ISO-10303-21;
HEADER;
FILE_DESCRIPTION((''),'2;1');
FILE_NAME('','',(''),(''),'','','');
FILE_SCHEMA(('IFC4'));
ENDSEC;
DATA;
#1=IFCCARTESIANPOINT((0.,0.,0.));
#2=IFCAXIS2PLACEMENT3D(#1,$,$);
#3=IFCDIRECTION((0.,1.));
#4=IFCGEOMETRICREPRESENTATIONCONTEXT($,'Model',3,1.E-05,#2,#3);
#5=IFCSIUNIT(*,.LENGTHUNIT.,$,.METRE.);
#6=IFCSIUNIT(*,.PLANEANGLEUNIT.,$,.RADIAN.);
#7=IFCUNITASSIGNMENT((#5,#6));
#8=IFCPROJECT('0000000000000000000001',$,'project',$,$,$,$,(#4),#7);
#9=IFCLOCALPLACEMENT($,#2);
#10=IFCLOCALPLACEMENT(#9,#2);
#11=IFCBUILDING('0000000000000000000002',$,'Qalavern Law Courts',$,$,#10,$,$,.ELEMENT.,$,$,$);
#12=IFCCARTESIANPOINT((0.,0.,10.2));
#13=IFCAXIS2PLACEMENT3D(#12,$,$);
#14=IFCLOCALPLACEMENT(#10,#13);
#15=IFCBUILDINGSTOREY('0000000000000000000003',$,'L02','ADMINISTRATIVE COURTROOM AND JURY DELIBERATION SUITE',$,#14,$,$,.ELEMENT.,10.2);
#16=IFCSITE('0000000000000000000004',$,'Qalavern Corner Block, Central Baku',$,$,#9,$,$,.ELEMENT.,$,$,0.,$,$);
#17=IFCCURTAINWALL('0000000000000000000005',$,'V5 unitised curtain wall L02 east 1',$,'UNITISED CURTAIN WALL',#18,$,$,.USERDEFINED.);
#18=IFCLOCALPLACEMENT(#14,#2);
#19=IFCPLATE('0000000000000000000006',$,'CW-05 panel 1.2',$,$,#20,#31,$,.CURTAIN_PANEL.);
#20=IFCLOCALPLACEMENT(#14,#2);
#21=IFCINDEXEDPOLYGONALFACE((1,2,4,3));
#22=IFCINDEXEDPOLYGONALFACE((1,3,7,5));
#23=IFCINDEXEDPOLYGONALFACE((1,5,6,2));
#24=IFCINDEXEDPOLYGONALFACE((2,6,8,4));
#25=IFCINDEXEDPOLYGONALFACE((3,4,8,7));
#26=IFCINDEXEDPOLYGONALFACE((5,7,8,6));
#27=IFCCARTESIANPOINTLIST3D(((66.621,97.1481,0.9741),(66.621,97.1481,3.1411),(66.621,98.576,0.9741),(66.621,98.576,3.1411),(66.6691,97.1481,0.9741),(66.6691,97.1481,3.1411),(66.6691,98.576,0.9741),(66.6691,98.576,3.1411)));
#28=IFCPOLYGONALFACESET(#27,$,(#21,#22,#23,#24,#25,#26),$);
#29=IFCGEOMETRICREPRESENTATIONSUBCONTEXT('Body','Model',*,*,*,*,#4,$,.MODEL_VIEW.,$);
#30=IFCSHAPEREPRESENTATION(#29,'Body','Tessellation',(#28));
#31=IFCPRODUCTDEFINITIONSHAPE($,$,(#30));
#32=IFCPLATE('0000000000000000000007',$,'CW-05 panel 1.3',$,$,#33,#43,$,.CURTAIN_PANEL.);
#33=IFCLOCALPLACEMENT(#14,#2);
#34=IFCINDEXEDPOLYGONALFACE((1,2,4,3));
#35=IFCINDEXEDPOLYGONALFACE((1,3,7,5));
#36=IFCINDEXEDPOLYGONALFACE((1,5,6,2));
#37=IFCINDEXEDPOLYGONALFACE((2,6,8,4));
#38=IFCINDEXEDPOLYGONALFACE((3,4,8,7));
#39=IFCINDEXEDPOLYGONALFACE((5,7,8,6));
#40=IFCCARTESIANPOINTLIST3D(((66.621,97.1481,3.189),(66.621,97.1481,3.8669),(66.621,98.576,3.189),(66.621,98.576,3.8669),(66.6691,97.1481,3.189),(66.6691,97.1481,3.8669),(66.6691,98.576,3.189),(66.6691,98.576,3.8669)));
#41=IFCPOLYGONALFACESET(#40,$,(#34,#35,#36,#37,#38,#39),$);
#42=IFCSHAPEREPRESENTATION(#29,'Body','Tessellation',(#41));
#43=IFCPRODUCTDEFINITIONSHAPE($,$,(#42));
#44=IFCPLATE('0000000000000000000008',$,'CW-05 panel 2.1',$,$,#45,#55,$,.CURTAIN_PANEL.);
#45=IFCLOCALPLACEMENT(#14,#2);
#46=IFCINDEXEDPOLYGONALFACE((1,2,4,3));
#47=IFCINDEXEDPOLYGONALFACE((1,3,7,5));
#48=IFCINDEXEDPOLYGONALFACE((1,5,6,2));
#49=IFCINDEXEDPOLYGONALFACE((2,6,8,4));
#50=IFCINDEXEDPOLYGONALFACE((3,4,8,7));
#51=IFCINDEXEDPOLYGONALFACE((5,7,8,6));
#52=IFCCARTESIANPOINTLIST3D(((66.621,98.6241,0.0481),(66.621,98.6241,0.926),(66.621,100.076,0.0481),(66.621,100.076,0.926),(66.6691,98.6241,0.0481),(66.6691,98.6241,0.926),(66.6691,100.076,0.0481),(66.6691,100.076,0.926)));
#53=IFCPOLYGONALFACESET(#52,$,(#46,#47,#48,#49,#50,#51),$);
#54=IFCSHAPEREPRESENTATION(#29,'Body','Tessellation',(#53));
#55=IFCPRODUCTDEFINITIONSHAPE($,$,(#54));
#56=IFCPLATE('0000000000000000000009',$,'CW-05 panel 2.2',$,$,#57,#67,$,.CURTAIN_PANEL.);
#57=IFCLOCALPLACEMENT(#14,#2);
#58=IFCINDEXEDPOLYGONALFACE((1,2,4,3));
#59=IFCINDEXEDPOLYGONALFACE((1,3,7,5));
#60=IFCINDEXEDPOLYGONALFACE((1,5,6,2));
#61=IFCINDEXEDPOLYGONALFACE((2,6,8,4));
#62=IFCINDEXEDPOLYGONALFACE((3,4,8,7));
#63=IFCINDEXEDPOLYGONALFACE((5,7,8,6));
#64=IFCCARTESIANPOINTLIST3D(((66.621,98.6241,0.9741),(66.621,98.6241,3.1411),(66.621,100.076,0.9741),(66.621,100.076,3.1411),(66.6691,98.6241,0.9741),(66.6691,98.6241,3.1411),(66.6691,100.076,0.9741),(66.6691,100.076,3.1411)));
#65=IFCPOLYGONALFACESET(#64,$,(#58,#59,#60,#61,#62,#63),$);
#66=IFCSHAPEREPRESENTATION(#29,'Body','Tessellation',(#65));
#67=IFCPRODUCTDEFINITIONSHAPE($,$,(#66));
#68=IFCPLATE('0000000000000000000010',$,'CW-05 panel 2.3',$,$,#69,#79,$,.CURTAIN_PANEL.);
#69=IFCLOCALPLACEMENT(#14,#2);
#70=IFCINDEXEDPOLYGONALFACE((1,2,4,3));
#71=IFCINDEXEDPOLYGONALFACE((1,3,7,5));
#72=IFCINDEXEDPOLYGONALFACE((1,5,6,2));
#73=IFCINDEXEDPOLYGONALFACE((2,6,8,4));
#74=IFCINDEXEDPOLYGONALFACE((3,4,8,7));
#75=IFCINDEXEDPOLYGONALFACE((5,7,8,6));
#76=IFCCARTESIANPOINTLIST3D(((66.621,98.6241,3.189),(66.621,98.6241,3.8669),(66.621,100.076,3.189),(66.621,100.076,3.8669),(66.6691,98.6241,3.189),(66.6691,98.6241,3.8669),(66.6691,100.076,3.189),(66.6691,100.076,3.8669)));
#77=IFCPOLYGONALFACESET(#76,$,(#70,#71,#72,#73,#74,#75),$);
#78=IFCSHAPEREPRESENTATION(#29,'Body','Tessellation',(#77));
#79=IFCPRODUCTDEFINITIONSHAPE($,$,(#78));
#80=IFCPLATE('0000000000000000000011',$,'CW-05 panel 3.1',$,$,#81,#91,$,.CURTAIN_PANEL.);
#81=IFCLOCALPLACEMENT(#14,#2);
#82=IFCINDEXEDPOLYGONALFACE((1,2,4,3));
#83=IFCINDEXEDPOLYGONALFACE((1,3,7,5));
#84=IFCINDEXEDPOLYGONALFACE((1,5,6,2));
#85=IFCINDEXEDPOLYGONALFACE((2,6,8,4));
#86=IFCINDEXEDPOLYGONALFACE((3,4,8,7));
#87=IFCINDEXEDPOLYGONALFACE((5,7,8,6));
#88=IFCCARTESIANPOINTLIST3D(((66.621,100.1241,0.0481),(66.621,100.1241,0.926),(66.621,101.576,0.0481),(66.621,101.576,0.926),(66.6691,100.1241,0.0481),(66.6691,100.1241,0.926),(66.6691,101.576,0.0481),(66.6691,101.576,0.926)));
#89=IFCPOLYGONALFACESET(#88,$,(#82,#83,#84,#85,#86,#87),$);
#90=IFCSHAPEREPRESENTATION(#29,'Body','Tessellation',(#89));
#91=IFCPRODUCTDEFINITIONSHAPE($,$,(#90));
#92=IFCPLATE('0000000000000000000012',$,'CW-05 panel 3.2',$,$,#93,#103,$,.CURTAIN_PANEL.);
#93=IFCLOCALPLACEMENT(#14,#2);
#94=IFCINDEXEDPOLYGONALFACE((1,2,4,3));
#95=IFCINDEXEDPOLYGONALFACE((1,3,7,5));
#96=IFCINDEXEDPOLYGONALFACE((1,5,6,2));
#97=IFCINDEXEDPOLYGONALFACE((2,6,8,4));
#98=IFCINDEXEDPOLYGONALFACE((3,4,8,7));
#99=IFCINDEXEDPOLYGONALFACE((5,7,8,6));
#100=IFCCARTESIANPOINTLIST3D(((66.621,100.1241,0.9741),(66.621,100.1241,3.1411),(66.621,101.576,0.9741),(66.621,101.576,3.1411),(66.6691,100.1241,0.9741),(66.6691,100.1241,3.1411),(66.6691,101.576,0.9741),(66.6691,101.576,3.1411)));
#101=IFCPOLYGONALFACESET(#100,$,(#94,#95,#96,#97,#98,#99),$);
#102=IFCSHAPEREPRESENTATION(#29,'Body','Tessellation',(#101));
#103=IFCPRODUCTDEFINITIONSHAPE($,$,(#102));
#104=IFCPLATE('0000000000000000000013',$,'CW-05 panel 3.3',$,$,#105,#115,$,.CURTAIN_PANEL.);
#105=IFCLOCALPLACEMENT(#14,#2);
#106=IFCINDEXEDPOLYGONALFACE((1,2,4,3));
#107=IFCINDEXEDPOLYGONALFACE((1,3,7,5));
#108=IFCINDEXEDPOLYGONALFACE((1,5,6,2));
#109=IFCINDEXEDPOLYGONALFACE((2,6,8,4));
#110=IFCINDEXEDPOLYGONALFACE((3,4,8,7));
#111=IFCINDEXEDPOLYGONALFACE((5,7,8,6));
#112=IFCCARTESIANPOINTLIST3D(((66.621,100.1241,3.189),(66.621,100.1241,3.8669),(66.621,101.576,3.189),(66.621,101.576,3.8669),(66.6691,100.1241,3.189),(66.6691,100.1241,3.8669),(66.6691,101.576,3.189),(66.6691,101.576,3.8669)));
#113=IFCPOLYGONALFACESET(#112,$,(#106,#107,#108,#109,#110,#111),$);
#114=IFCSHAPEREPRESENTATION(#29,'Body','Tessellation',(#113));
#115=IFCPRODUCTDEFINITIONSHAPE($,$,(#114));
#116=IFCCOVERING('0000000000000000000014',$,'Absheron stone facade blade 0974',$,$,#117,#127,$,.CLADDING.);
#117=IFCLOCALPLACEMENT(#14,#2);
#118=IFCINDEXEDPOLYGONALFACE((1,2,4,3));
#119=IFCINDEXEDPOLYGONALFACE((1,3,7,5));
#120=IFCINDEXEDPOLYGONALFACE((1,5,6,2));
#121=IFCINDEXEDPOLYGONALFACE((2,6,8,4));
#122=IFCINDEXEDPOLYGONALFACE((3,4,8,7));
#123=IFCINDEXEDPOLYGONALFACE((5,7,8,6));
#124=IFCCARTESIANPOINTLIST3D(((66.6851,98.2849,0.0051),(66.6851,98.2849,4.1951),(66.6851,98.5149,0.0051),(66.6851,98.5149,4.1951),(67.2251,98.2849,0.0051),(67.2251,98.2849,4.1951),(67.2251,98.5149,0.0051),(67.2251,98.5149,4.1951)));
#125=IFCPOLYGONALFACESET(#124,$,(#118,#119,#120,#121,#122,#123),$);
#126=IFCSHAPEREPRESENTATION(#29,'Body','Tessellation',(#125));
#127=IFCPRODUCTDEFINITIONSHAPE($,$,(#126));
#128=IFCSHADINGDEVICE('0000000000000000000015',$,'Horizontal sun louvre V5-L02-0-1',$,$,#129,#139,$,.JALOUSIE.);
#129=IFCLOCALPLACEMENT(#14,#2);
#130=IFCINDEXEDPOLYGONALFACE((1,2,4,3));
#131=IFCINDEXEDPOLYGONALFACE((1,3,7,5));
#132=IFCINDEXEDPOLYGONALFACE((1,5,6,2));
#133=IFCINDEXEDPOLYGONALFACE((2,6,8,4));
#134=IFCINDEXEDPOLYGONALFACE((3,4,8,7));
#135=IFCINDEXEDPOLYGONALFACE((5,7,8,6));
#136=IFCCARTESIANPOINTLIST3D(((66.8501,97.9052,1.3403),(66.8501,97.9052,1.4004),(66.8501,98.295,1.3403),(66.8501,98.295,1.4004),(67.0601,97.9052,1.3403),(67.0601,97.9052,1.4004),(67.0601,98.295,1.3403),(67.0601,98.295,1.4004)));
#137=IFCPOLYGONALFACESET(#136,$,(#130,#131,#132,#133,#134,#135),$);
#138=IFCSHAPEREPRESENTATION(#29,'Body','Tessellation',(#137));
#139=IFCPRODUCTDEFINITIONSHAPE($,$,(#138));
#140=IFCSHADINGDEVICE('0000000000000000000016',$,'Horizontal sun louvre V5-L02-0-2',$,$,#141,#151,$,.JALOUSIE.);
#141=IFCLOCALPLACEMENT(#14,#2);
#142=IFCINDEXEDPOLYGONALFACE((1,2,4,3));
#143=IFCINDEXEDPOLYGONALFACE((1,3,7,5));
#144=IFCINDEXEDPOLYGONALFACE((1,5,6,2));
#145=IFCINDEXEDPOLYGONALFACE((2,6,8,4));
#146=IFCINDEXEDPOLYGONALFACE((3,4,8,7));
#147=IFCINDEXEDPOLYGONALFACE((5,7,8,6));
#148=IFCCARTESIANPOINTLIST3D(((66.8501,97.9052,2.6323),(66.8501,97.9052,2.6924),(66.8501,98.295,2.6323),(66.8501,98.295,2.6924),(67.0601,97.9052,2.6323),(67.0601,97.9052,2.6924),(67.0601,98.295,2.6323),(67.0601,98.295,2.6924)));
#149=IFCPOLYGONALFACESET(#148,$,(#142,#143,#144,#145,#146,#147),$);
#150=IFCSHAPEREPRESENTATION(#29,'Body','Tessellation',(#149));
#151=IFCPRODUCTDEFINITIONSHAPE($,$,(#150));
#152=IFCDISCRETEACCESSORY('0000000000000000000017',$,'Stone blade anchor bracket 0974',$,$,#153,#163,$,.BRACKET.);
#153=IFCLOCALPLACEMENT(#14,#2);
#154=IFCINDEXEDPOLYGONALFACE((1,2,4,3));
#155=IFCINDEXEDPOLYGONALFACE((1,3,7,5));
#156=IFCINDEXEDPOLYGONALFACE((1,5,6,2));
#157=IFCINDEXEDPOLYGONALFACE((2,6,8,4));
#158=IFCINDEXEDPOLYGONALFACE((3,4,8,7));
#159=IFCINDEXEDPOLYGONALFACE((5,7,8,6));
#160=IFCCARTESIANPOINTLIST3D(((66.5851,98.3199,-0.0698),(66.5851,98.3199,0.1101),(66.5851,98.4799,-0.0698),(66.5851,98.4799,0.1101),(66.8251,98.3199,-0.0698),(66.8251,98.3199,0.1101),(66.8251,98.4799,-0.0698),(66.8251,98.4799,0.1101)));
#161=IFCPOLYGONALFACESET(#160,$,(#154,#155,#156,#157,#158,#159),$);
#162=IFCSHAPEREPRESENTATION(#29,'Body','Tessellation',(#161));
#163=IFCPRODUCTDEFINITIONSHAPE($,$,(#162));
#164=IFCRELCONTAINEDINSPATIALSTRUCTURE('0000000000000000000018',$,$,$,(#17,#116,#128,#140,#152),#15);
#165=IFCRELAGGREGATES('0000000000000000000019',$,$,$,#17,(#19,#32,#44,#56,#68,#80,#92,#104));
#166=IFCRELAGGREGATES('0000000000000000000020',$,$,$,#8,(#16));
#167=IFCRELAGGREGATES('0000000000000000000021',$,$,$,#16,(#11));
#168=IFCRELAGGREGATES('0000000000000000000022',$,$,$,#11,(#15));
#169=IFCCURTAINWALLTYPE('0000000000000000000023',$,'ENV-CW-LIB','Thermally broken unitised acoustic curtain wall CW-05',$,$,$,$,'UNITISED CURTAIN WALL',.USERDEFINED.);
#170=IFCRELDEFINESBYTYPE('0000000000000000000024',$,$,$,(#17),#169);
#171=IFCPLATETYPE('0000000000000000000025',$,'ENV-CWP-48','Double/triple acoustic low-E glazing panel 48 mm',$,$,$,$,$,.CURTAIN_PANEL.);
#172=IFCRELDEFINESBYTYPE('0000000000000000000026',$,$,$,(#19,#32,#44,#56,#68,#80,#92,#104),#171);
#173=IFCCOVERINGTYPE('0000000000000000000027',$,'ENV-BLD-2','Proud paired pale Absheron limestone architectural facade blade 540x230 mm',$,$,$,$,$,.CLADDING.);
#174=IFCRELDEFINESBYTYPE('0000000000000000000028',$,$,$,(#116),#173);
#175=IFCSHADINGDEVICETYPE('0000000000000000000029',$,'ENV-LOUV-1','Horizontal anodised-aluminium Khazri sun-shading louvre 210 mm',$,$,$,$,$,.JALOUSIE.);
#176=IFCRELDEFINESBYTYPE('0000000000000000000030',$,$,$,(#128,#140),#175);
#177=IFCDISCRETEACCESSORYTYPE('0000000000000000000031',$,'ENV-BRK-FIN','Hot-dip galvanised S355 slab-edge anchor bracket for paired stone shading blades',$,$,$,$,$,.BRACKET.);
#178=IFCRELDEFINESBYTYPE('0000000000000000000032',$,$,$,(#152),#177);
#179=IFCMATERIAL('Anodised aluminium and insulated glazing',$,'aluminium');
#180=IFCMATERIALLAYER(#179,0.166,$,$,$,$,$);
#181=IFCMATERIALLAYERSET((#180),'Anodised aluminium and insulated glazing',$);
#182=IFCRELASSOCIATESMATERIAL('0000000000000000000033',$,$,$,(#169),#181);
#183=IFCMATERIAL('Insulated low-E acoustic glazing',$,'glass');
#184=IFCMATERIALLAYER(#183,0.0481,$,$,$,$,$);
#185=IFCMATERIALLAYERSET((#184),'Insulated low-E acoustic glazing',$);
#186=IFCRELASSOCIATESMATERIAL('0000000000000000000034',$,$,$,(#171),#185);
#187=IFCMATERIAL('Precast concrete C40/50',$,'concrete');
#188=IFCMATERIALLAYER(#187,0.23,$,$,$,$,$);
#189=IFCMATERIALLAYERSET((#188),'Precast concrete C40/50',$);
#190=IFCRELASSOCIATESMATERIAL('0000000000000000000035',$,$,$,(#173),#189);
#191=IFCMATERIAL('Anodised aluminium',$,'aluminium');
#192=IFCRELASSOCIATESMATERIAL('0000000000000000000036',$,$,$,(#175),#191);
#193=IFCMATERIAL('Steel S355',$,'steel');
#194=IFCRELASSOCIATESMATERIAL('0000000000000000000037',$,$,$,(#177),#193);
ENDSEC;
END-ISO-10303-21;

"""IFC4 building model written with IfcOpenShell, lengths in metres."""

from ifc_helpers import new_model, si_unit, direction, frame, origin, origin_2d, place, context, subcontext, project, spatial, rectangle, extrude, material, layer, layer_set, type_object, element, aggregate, save


model = new_model("IFC4")

# Units and contexts
model_context = context("Model", 3, precision=1e-05, world=origin(), true_north=direction((0.0, 1.0)))
body_context = subcontext(model_context, "Body", "Model", "MODEL_VIEW")
ifc_project = project(units=[si_unit("LENGTHUNIT", "METRE"), si_unit("PLANEANGLEUNIT", "RADIAN")], contexts=[model_context])

# Site, building, storey
site_placement = place(None, origin())
site = spatial("IfcSite", under=ifc_project, at=site_placement, Name="Qalavern Corner Block, Central Baku", CompositionType="ELEMENT", RefElevation=0.0)
building_placement = place(site_placement, origin())
building = spatial("IfcBuilding", under=site, at=building_placement, Name="Qalavern Law Courts", CompositionType="ELEMENT")
storey_placement = place(building_placement, frame((0.0, 0.0, 10.2)))
storey = spatial("IfcBuildingStorey", under=building, at=storey_placement, Name="L02", Description="ADMINISTRATIVE COURTROOM AND JURY DELIBERATION SUITE", CompositionType="ELEMENT", Elevation=10.2)

# Curtain wall, plates
ifc_material_1 = material(Name="Anodised aluminium and insulated glazing", Category="aluminium")
ifc_layer_1 = layer(ifc_material_1, 0.166)
ifc_layer_set_1 = layer_set([ifc_layer_1], Name="Anodised aluminium and insulated glazing")
curtain_wall_type = type_object("IfcCurtainWallType", Name="ENV-CW-LIB", Description="Thermally broken unitised acoustic curtain wall CW-05", ElementType="UNITISED CURTAIN WALL", PredefinedType="USERDEFINED", material=ifc_layer_set_1)
curtain_wall_placement = place(storey_placement, origin())
curtain_wall = element("IfcCurtainWall", 1, at=curtain_wall_placement, inside=storey, type_object=curtain_wall_type, Name="V5 unitised curtain wall L02 east 1", ObjectType="UNITISED CURTAIN WALL", PredefinedType="USERDEFINED")
ifc_material_2 = material(Name="Anodised aluminium", Category="aluminium")
ifc_material_3 = material(Name="Insulated low-E acoustic glazing", Category="glass")
ifc_layer_2 = layer(ifc_material_3, 0.0481)
ifc_layer_set_2 = layer_set([ifc_layer_2], Name="Insulated low-E acoustic glazing")
plate_type = type_object("IfcPlateType", Name="ENV-CWP-48", Description="Double/triple acoustic low-E glazing panel 48 mm", PredefinedType="CURTAIN_PANEL", material=ifc_layer_set_2)
plate_1_placement = place(storey_placement, frame((66.645, 97.8621, 0.9741), z_axis=(0.0, 0.0, 1.0), x_axis=(0.0, 1.0, 0.0)))
plate_1 = element("IfcPlate", 2, at=plate_1_placement, type_object=plate_type, Name="CW-05 panel 1.2", PredefinedType="CURTAIN_PANEL", context=body_context, shape_type="SweptSolid", body=[
    extrude(rectangle(XDim=1.428, YDim=0.0481, at=origin_2d()), origin(), (0.0, 0.0, 1.0), 2.167),
])
plate_2_placement = place(storey_placement, frame((66.645, 97.8621, 3.189), z_axis=(0.0, 0.0, 1.0), x_axis=(0.0, 1.0, 0.0)))
plate_2 = element("IfcPlate", 3, at=plate_2_placement, type_object=plate_type, Name="CW-05 panel 1.3", PredefinedType="CURTAIN_PANEL", context=body_context, shape_type="SweptSolid", body=[
    extrude(rectangle(XDim=1.428, YDim=0.0481, at=origin_2d()), origin(), (0.0, 0.0, 1.0), 0.678),
])
plate_3_placement = place(storey_placement, frame((66.645, 99.3501, 0.0481), z_axis=(0.0, 0.0, 1.0), x_axis=(0.0, 1.0, 0.0)))
plate_3 = element("IfcPlate", 4, at=plate_3_placement, type_object=plate_type, Name="CW-05 panel 2.1", PredefinedType="CURTAIN_PANEL", context=body_context, shape_type="SweptSolid", body=[
    extrude(rectangle(XDim=1.4519, YDim=0.0481, at=origin_2d()), origin(), (0.0, 0.0, 1.0), 0.8779),
])
plate_4_placement = place(storey_placement, frame((66.645, 99.3501, 0.9741), z_axis=(0.0, 0.0, 1.0), x_axis=(0.0, 1.0, 0.0)))
plate_4 = element("IfcPlate", 5, at=plate_4_placement, type_object=plate_type, Name="CW-05 panel 2.2", PredefinedType="CURTAIN_PANEL", context=body_context, shape_type="SweptSolid", body=[
    extrude(rectangle(XDim=1.4519, YDim=0.0481, at=origin_2d()), origin(), (0.0, 0.0, 1.0), 2.167),
])
plate_5_placement = place(storey_placement, frame((66.645, 99.3501, 3.189), z_axis=(0.0, 0.0, 1.0), x_axis=(0.0, 1.0, 0.0)))
plate_5 = element("IfcPlate", 6, at=plate_5_placement, type_object=plate_type, Name="CW-05 panel 2.3", PredefinedType="CURTAIN_PANEL", context=body_context, shape_type="SweptSolid", body=[
    extrude(rectangle(XDim=1.4519, YDim=0.0481, at=origin_2d()), origin(), (0.0, 0.0, 1.0), 0.678),
])
plate_6_placement = place(storey_placement, frame((66.645, 100.8501, 0.0481), z_axis=(0.0, 0.0, 1.0), x_axis=(0.0, 1.0, 0.0)))
plate_6 = element("IfcPlate", 7, at=plate_6_placement, type_object=plate_type, Name="CW-05 panel 3.1", PredefinedType="CURTAIN_PANEL", context=body_context, shape_type="SweptSolid", body=[
    extrude(rectangle(XDim=1.4519, YDim=0.0481, at=origin_2d()), origin(), (0.0, 0.0, 1.0), 0.8779),
])
plate_7_placement = place(storey_placement, frame((66.645, 100.8501, 0.9741), z_axis=(0.0, 0.0, 1.0), x_axis=(0.0, 1.0, 0.0)))
plate_7 = element("IfcPlate", 8, at=plate_7_placement, type_object=plate_type, Name="CW-05 panel 3.2", PredefinedType="CURTAIN_PANEL", context=body_context, shape_type="SweptSolid", body=[
    extrude(rectangle(XDim=1.4519, YDim=0.0481, at=origin_2d()), origin(), (0.0, 0.0, 1.0), 2.167),
])
plate_8_placement = place(storey_placement, frame((66.645, 100.8501, 3.189), z_axis=(0.0, 0.0, 1.0), x_axis=(0.0, 1.0, 0.0)))
plate_8 = element("IfcPlate", 9, at=plate_8_placement, type_object=plate_type, Name="CW-05 panel 3.3", PredefinedType="CURTAIN_PANEL", context=body_context, shape_type="SweptSolid", body=[
    extrude(rectangle(XDim=1.4519, YDim=0.0481, at=origin_2d()), origin(), (0.0, 0.0, 1.0), 0.678),
])
aggregate(curtain_wall, [plate_1, plate_2, plate_3, plate_4, plate_5, plate_6, plate_7, plate_8])

# Covering
ifc_material_4 = material(Name="Precast concrete C40/50", Category="concrete")
ifc_layer_3 = layer(ifc_material_4, 0.23)
ifc_layer_set_3 = layer_set([ifc_layer_3], Name="Precast concrete C40/50")
covering_type = type_object("IfcCoveringType", Name="ENV-BLD-2", Description="Proud paired pale Absheron limestone architectural facade blade 540x230 mm", PredefinedType="CLADDING", material=ifc_layer_set_3)
covering_placement = place(storey_placement, frame((66.9551, 98.3999, 0.0051), z_axis=(0.0, 0.0, 1.0), x_axis=(1.0, 0.0, 0.0)))
element("IfcCovering", 10, at=covering_placement, inside=storey, type_object=covering_type, Name="Absheron stone facade blade 0974", PredefinedType="CLADDING", context=body_context, shape_type="SweptSolid", body=[
    extrude(rectangle(XDim=0.54, YDim=0.23, at=origin_2d()), origin(), (0.0, 0.0, 1.0), 4.1899),
])

# Shading devices
shading_device_type = type_object("IfcShadingDeviceType", Name="ENV-LOUV-1", Description="Horizontal anodised-aluminium Khazri sun-shading louvre 210 mm", PredefinedType="JALOUSIE", material=ifc_material_2)
for number, where, z_axis, x_axis, name in (
    (11, (66.9551, 98.1001, 1.3403), (0.0, 0.0, 1.0), (0.0, 1.0, 0.0), "Horizontal sun louvre V5-L02-0-1"),
    (12, (66.9551, 98.1001, 2.6323), (0.0, 0.0, 1.0), (0.0, 1.0, 0.0), "Horizontal sun louvre V5-L02-0-2"),
):
    element("IfcShadingDevice", number, at=place(storey_placement, frame(where, z_axis=z_axis, x_axis=x_axis)), inside=storey, type_object=shading_device_type, Name=name, PredefinedType="JALOUSIE", context=body_context, shape_type="SweptSolid", body=[
        extrude(rectangle(XDim=0.3899, YDim=0.21, at=origin_2d()), origin(), (0.0, 0.0, 1.0), 0.0601),
    ])

# Discrete accessory
ifc_material_5 = material(Name="Steel S355", Category="steel")
discrete_accessory_type = type_object("IfcDiscreteAccessoryType", Name="ENV-BRK-FIN", Description="Hot-dip galvanised S355 slab-edge anchor bracket for paired stone shading blades", PredefinedType="BRACKET", material=ifc_material_5)
discrete_accessory_placement = place(storey_placement, frame((66.7051, 98.3999, -0.0698), z_axis=(0.0, 0.0, 1.0), x_axis=(1.0, 0.0, 0.0)))
element("IfcDiscreteAccessory", 13, at=discrete_accessory_placement, inside=storey, type_object=discrete_accessory_type, Name="Stone blade anchor bracket 0974", PredefinedType="BRACKET", context=body_context, shape_type="SweptSolid", body=[
    extrude(rectangle(XDim=0.24, YDim=0.1599, at=origin_2d()), origin(), (0.0, 0.0, 1.0), 0.1799),
])

save(model, "model.ifc")
